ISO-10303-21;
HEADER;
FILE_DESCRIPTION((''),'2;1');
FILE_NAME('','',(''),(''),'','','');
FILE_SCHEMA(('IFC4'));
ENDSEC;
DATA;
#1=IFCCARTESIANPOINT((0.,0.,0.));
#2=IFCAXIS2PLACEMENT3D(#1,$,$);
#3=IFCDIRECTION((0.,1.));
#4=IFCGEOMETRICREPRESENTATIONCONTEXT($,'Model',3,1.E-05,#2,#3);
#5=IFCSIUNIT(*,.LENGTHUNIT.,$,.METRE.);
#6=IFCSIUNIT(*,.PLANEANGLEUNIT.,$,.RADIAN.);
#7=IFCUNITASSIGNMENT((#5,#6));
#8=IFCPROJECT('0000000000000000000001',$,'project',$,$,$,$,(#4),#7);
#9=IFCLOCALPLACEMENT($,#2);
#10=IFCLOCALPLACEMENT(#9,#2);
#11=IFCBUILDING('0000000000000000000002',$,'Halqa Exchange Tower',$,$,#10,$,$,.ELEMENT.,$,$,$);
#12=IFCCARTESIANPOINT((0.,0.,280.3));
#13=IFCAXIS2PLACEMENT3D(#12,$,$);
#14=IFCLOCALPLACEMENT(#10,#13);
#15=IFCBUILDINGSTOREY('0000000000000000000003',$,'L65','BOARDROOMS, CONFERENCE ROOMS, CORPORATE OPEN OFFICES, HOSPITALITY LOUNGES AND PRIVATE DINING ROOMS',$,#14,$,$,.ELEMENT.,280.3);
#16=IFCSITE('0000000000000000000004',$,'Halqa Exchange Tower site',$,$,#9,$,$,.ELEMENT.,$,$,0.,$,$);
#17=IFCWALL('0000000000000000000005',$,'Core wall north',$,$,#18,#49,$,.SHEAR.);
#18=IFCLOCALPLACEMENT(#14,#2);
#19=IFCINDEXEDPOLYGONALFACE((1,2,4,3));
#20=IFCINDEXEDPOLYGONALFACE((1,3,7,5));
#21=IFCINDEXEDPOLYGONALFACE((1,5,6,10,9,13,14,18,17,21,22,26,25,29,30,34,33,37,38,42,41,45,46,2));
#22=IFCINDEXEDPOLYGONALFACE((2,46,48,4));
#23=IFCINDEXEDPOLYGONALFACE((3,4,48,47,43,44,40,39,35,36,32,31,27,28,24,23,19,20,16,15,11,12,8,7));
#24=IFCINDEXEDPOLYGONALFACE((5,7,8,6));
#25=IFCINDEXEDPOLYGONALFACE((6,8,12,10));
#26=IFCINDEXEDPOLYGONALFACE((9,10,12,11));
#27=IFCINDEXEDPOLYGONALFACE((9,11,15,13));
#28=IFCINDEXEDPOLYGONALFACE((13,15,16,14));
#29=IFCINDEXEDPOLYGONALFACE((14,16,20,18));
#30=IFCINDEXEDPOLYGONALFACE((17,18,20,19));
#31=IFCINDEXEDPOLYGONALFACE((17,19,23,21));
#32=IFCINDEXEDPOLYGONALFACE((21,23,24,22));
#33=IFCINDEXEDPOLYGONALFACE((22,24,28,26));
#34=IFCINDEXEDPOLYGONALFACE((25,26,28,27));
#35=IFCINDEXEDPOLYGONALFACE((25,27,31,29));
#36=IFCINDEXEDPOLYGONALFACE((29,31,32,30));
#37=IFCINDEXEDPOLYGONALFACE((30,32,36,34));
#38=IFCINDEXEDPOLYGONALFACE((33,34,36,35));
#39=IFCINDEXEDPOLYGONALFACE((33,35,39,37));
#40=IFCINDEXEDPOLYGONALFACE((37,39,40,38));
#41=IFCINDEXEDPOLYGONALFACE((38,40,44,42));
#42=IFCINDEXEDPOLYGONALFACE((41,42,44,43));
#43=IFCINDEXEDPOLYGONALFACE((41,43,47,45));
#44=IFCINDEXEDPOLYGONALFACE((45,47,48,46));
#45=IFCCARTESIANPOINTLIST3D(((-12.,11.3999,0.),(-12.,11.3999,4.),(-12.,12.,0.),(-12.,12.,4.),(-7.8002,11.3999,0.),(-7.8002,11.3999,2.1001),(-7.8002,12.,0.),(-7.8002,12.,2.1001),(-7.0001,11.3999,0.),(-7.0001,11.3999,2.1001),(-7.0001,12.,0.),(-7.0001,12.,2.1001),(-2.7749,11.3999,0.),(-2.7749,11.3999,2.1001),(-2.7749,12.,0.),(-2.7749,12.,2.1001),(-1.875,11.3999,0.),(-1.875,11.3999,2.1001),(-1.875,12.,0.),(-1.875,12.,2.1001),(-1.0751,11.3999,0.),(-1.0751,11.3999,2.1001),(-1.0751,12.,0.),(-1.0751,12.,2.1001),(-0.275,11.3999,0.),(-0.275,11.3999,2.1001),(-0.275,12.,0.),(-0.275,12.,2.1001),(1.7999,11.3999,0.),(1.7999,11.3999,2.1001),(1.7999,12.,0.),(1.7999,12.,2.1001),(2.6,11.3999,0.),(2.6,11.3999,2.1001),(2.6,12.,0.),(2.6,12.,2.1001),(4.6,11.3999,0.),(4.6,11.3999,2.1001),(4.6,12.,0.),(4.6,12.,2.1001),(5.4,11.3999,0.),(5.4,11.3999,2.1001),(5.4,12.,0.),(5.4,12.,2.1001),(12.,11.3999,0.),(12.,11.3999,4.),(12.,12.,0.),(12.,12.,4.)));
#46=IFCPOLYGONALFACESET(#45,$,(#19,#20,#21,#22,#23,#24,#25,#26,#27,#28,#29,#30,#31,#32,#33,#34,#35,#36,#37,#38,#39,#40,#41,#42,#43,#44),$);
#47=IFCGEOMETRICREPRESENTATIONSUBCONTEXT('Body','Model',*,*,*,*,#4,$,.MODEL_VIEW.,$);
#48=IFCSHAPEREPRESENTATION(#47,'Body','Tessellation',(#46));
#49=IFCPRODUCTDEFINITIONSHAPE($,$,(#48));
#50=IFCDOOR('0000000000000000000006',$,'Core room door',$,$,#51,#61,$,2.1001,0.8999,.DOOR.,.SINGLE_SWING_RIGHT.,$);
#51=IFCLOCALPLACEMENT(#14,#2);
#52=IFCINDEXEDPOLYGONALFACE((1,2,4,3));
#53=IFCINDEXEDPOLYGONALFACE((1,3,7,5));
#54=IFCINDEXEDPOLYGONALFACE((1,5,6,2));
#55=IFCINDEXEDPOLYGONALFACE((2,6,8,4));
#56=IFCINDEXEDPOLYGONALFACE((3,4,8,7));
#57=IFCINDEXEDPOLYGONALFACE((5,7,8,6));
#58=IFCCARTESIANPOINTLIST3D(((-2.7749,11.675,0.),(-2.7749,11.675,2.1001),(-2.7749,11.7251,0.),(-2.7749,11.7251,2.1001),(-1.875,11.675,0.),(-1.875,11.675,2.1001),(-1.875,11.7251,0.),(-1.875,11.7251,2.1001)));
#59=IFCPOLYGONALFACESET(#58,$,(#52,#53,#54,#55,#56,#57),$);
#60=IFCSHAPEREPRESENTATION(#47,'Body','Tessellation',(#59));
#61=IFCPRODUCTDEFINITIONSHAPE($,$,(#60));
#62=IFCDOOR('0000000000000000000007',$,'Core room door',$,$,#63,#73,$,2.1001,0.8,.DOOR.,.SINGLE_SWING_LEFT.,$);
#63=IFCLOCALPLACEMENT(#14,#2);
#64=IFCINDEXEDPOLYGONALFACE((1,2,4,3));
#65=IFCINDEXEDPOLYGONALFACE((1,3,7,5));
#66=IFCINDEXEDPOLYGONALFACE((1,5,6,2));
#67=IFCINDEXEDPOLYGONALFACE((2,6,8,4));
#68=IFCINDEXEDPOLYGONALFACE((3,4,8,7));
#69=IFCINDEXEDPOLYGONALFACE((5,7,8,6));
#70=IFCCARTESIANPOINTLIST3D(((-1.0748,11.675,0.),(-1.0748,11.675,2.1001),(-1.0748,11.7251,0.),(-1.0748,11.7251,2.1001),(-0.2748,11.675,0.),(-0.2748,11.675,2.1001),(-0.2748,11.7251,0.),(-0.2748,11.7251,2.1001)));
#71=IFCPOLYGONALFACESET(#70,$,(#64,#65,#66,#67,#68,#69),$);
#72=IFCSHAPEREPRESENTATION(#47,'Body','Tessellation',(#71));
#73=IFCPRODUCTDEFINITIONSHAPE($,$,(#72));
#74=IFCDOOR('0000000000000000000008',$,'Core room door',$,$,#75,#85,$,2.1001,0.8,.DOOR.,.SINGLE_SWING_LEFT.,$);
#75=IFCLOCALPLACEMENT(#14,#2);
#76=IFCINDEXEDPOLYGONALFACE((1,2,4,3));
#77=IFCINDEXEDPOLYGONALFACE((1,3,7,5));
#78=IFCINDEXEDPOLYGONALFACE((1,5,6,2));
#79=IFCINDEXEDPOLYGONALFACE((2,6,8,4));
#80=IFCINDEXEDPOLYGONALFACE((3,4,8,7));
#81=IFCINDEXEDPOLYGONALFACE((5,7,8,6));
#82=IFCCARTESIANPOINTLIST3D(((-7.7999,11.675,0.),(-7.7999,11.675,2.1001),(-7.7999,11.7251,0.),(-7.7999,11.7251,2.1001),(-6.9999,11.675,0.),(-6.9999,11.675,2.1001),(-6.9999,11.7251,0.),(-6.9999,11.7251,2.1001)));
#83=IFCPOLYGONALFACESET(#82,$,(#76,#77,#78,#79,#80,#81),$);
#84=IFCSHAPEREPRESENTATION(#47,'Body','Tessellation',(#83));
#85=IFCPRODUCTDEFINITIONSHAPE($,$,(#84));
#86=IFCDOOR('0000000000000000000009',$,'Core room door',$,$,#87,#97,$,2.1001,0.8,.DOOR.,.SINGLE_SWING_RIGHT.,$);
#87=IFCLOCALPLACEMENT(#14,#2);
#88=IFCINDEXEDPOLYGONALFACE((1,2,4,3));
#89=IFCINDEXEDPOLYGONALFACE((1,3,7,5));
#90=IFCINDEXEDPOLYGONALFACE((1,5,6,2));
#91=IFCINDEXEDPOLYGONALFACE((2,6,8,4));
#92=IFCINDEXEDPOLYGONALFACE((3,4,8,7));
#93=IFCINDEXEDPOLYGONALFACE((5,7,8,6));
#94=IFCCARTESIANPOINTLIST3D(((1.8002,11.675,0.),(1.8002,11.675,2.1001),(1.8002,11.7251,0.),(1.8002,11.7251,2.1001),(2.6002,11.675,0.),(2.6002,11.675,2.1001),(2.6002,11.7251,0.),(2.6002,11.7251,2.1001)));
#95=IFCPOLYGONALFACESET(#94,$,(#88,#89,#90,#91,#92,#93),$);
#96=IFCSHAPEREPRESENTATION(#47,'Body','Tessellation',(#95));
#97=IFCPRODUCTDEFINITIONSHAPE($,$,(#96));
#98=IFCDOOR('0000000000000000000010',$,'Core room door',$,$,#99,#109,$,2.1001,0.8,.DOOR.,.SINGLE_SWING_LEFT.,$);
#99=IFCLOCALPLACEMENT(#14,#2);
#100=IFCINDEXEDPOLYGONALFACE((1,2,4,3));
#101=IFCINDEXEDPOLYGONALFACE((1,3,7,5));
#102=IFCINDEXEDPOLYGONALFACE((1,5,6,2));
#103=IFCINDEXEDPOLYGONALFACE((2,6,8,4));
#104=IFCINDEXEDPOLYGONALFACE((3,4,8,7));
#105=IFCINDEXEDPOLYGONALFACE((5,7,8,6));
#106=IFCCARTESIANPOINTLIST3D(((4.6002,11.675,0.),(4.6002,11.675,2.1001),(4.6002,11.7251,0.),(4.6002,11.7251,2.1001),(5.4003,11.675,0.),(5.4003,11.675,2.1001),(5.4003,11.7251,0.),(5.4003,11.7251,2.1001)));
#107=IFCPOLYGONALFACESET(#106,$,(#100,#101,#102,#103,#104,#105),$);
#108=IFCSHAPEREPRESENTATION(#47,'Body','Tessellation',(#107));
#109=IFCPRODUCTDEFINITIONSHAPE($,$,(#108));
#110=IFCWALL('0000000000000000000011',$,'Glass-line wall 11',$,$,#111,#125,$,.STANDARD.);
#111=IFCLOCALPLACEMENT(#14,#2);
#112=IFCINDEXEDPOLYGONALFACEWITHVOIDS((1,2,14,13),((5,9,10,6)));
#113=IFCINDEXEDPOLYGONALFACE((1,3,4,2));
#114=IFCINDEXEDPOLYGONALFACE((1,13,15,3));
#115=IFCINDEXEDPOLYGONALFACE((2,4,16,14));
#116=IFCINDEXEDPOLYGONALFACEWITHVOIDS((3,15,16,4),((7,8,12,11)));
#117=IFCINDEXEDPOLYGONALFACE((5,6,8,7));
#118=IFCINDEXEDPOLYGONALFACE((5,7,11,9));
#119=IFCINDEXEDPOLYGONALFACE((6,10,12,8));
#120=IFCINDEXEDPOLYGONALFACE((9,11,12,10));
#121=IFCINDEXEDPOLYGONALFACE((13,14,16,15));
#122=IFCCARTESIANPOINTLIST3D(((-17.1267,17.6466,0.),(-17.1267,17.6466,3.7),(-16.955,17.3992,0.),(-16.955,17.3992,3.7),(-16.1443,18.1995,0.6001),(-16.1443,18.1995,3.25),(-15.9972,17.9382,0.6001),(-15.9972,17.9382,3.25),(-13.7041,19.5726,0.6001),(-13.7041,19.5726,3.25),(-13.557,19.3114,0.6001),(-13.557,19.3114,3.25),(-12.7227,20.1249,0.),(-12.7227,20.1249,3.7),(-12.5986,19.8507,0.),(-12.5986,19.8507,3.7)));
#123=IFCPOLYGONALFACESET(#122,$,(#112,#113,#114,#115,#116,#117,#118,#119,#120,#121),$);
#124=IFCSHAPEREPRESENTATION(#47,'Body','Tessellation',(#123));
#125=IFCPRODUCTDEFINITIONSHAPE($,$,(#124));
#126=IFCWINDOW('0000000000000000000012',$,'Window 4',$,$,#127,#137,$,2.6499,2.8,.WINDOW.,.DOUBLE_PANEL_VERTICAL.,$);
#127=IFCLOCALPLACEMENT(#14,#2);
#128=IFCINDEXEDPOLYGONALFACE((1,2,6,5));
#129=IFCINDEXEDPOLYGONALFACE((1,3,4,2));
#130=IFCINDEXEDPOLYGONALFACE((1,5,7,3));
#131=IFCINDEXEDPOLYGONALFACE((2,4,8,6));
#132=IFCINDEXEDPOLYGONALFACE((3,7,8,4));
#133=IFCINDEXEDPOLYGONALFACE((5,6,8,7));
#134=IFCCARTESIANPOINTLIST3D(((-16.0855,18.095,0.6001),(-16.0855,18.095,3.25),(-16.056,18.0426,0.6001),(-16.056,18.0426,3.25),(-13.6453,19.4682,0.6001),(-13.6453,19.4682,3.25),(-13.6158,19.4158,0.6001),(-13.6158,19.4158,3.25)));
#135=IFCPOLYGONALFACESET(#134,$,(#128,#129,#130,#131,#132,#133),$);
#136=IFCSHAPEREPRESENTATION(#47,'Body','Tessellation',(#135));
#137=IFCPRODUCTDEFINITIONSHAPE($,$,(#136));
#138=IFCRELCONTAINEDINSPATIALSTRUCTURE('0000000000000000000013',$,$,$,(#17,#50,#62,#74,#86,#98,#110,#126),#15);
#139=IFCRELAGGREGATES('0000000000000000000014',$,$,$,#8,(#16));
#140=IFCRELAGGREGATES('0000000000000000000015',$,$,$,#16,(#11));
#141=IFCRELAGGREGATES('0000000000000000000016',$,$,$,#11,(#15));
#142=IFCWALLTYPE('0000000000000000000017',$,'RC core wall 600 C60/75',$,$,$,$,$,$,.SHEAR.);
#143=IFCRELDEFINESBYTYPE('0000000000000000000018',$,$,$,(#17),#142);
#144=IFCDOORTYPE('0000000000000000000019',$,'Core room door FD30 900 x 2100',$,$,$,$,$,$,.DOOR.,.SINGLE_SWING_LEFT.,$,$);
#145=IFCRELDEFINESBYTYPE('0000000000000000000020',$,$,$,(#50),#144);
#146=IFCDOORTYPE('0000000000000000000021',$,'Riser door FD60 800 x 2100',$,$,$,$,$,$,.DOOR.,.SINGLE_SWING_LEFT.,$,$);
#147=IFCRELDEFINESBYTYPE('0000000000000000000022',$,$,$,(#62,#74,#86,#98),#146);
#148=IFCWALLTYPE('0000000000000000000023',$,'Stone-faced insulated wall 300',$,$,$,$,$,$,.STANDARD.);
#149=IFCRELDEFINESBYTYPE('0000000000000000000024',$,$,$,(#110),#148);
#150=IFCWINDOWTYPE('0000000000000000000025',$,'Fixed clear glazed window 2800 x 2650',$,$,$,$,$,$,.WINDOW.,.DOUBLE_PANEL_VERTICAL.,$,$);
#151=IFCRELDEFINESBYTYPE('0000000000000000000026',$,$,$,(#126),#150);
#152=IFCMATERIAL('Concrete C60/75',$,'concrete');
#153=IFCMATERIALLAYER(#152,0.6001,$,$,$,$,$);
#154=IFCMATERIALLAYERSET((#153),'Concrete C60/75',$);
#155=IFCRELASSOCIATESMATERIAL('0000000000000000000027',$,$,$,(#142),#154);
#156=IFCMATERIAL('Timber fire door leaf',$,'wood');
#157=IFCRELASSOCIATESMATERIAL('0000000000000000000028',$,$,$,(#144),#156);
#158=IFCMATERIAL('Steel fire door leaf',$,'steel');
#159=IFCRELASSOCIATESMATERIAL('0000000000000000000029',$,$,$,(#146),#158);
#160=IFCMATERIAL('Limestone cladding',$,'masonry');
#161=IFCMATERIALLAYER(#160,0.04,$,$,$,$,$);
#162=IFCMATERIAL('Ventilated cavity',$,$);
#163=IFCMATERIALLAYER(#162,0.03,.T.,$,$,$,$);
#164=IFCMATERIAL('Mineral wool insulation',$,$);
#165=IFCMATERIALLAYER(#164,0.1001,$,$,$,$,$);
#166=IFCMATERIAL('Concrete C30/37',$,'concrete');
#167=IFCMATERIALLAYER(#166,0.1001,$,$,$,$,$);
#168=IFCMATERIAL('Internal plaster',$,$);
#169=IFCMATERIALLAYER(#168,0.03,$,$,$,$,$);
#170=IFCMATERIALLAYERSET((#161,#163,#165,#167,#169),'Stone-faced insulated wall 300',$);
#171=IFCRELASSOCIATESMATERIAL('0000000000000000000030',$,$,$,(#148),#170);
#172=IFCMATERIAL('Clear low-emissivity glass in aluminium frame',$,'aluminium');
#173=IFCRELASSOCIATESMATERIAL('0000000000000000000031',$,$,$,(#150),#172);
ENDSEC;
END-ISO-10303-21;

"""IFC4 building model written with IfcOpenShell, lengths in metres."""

from ifc_helpers import new_model, si_unit, direction, frame, frame_2d, origin, place, context, subcontext, project, spatial, polyline, rectangle, outline, extrude, material, layer, layer_set, type_object, element, fill, save


model = new_model("IFC4")

# Units and contexts
model_context = context("Model", 3, precision=1e-05, world=origin(), true_north=direction((0.0, 1.0)))
body_context = subcontext(model_context, "Body", "Model", "MODEL_VIEW")
ifc_project = project(units=[si_unit("LENGTHUNIT", "METRE"), si_unit("PLANEANGLEUNIT", "RADIAN")], contexts=[model_context])

# Site, building, storey
site_placement = place(None, origin())
site = spatial("IfcSite", under=ifc_project, at=site_placement, Name="Halqa Exchange Tower site", CompositionType="ELEMENT", RefElevation=0.0)
building_placement = place(site_placement, origin())
building = spatial("IfcBuilding", under=site, at=building_placement, Name="Halqa Exchange Tower", CompositionType="ELEMENT")
storey_placement = place(building_placement, frame((0.0, 0.0, 280.3)))
storey = spatial("IfcBuildingStorey", under=building, at=storey_placement, Name="L65", Description="BOARDROOMS, CONFERENCE ROOMS, CORPORATE OPEN OFFICES, HOSPITALITY LOUNGES AND PRIVATE DINING ROOMS", CompositionType="ELEMENT", Elevation=280.3)

# Shared definitions
ifc_material_1 = material(Name="Concrete C60/75", Category="concrete")

# Wall, openings, doors
ifc_material_2 = material(Name="Steel fire door leaf", Category="steel")
ifc_layer_1 = layer(ifc_material_1, 0.6001)
ifc_layer_set_1 = layer_set([ifc_layer_1], Name="Concrete C60/75")
wall_type_1 = type_object("IfcWallType", Name="RC core wall 600 C60/75", PredefinedType="SHEAR", material=ifc_layer_set_1)
wall_1_placement = place(storey_placement, frame((-12.0, 11.7, 0.0), z_axis=(0.0, 0.0, 1.0), x_axis=(1.0, 0.0, 0.0)))
wall_1 = element("IfcWall", 1, at=wall_1_placement, inside=storey, type_object=wall_type_1, Name="Core wall north", PredefinedType="SHEAR", context=body_context, shape_type="SweptSolid", body=[
    extrude(rectangle(XDim=24.0, YDim=0.6001, at=frame_2d((12.0, 0.0))), origin(), (0.0, 0.0, 1.0), 4.0),
])
opening_1_placement = place(wall_1_placement, frame((9.2251, 0.0, 0.0)))
opening_1 = element("IfcOpeningElement", 2, at=opening_1_placement, cuts=wall_1, PredefinedType="OPENING", context=body_context, shape_type="SweptSolid", body=[
    extrude(rectangle(XDim=0.8999, YDim=2.1001, at=frame_2d((0.45, 1.05))), frame((0.0, 0.312, 0.0), z_axis=(0.0, -1.0, 0.0), x_axis=(1.0, 0.0, 0.0)), (0.0, 0.0, 1.0), 0.624),
])
opening_2_placement = place(wall_1_placement, frame((10.925, 0.0, 0.0)))
opening_2 = element("IfcOpeningElement", 3, at=opening_2_placement, cuts=wall_1, PredefinedType="OPENING", context=body_context, shape_type="SweptSolid", body=[
    extrude(rectangle(XDim=0.8, YDim=2.1001, at=frame_2d((0.3999, 1.05))), frame((0.0, 0.312, 0.0), z_axis=(0.0, -1.0, 0.0), x_axis=(1.0, 0.0, 0.0)), (0.0, 0.0, 1.0), 0.624),
])
opening_3_placement = place(wall_1_placement, frame((4.2, 0.0, 0.0)))
opening_3 = element("IfcOpeningElement", 4, at=opening_3_placement, cuts=wall_1, PredefinedType="OPENING", context=body_context, shape_type="SweptSolid", body=[
    extrude(rectangle(XDim=0.8, YDim=2.1001, at=frame_2d((0.3999, 1.05))), frame((0.0, 0.312, 0.0), z_axis=(0.0, -1.0, 0.0), x_axis=(1.0, 0.0, 0.0)), (0.0, 0.0, 1.0), 0.624),
])
opening_4_placement = place(wall_1_placement, frame((13.8, 0.0, 0.0)))
opening_4 = element("IfcOpeningElement", 5, at=opening_4_placement, cuts=wall_1, PredefinedType="OPENING", context=body_context, shape_type="SweptSolid", body=[
    extrude(rectangle(XDim=0.8, YDim=2.1001, at=frame_2d((0.3999, 1.05))), frame((0.0, 0.312, 0.0), z_axis=(0.0, -1.0, 0.0), x_axis=(1.0, 0.0, 0.0)), (0.0, 0.0, 1.0), 0.624),
])
opening_5_placement = place(wall_1_placement, frame((16.6001, 0.0, 0.0)))
opening_5 = element("IfcOpeningElement", 6, at=opening_5_placement, cuts=wall_1, PredefinedType="OPENING", context=body_context, shape_type="SweptSolid", body=[
    extrude(rectangle(XDim=0.8, YDim=2.1001, at=frame_2d((0.3999, 1.05))), frame((0.0, 0.312, 0.0), z_axis=(0.0, -1.0, 0.0), x_axis=(1.0, 0.0, 0.0)), (0.0, 0.0, 1.0), 0.624),
])
ifc_material_3 = material(Name="Timber fire door leaf", Category="wood")
door_type_1 = type_object("IfcDoorType", Name="Core room door FD30 900 x 2100", OperationType="SINGLE_SWING_LEFT", PredefinedType="DOOR", material=ifc_material_3)
door_1_placement = place(opening_1_placement, frame((0.8999, 0.0, 0.0), z_axis=(0.0, 0.0, 1.0), x_axis=(-1.0, 0.0, 0.0)))
door_1 = element("IfcDoor", 7, at=door_1_placement, inside=storey, type_object=door_type_1, Name="Core room door", OperationType="SINGLE_SWING_RIGHT", OverallHeight=2.1001, OverallWidth=0.8999, PredefinedType="DOOR", context=body_context, shape_type="SweptSolid", body=[
    extrude(rectangle(XDim=0.8999, YDim=2.1001, at=frame_2d((0.45, 1.05))), frame((0.0, 0.0249, 0.0), z_axis=(0.0, -1.0, 0.0), x_axis=(1.0, 0.0, 0.0)), (0.0, 0.0, 1.0), 0.05),
])
fill(opening_1, door_1)
door_type_2 = type_object("IfcDoorType", Name="Riser door FD60 800 x 2100", OperationType="SINGLE_SWING_LEFT", PredefinedType="DOOR", material=ifc_material_2)
door_2_placement = place(opening_2_placement, frame((0.8, 0.0, 0.0), z_axis=(0.0, 0.0, 1.0), x_axis=(-1.0, 0.0, 0.0)))
door_2 = element("IfcDoor", 8, at=door_2_placement, inside=storey, type_object=door_type_2, Name="Core room door", OperationType="SINGLE_SWING_LEFT", OverallHeight=2.1001, OverallWidth=0.8, PredefinedType="DOOR", context=body_context, shape_type="SweptSolid", body=[
    extrude(rectangle(XDim=0.8, YDim=2.1001, at=frame_2d((0.3999, 1.05))), frame((0.0, 0.0249, 0.0), z_axis=(0.0, -1.0, 0.0), x_axis=(1.0, 0.0, 0.0)), (0.0, 0.0, 1.0), 0.05),
])
fill(opening_2, door_2)
door_3_placement = place(opening_3_placement, frame((0.8, 0.0, 0.0), z_axis=(0.0, 0.0, 1.0), x_axis=(-1.0, 0.0, 0.0)))
door_3 = element("IfcDoor", 9, at=door_3_placement, inside=storey, type_object=door_type_2, Name="Core room door", OperationType="SINGLE_SWING_LEFT", OverallHeight=2.1001, OverallWidth=0.8, PredefinedType="DOOR", context=body_context, shape_type="SweptSolid", body=[
    extrude(rectangle(XDim=0.8, YDim=2.1001, at=frame_2d((0.3999, 1.05))), frame((0.0, 0.0249, 0.0), z_axis=(0.0, -1.0, 0.0), x_axis=(1.0, 0.0, 0.0)), (0.0, 0.0, 1.0), 0.05),
])
fill(opening_3, door_3)
door_4_placement = place(opening_4_placement, frame((0.8, 0.0, 0.0), z_axis=(0.0, 0.0, 1.0), x_axis=(-1.0, 0.0, 0.0)))
door_4 = element("IfcDoor", 10, at=door_4_placement, inside=storey, type_object=door_type_2, Name="Core room door", OperationType="SINGLE_SWING_RIGHT", OverallHeight=2.1001, OverallWidth=0.8, PredefinedType="DOOR", context=body_context, shape_type="SweptSolid", body=[
    extrude(rectangle(XDim=0.8, YDim=2.1001, at=frame_2d((0.3999, 1.05))), frame((0.0, 0.0249, 0.0), z_axis=(0.0, -1.0, 0.0), x_axis=(1.0, 0.0, 0.0)), (0.0, 0.0, 1.0), 0.05),
])
fill(opening_4, door_4)
door_5_placement = place(opening_5_placement, frame((0.8, 0.0, 0.0), z_axis=(0.0, 0.0, 1.0), x_axis=(-1.0, 0.0, 0.0)))
door_5 = element("IfcDoor", 11, at=door_5_placement, inside=storey, type_object=door_type_2, Name="Core room door", OperationType="SINGLE_SWING_LEFT", OverallHeight=2.1001, OverallWidth=0.8, PredefinedType="DOOR", context=body_context, shape_type="SweptSolid", body=[
    extrude(rectangle(XDim=0.8, YDim=2.1001, at=frame_2d((0.3999, 1.05))), frame((0.0, 0.0249, 0.0), z_axis=(0.0, -1.0, 0.0), x_axis=(1.0, 0.0, 0.0)), (0.0, 0.0, 1.0), 0.05),
])
fill(opening_5, door_5)

# Wall, opening, window
ifc_material_4 = material(Name="Limestone cladding", Category="masonry")
ifc_layer_2 = layer(ifc_material_4, 0.04)
ifc_material_5 = material(Name="Ventilated cavity")
ifc_layer_3 = layer(ifc_material_5, 0.03, ventilated=True)
ifc_material_6 = material(Name="Mineral wool insulation")
ifc_layer_4 = layer(ifc_material_6, 0.1001)
ifc_material_7 = material(Name="Concrete C30/37", Category="concrete")
ifc_layer_5 = layer(ifc_material_7, 0.1001)
ifc_material_8 = material(Name="Internal plaster")
ifc_layer_6 = layer(ifc_material_8, 0.03)
ifc_layer_set_2 = layer_set([ifc_layer_2, ifc_layer_3, ifc_layer_4, ifc_layer_5, ifc_layer_6], Name="Stone-faced insulated wall 300")
wall_type_2 = type_object("IfcWallType", Name="Stone-faced insulated wall 300", PredefinedType="STANDARD", material=ifc_layer_set_2)
wall_2_placement = place(storey_placement, frame((-12.6606, 19.9878, 0.0), z_axis=(0.0, 0.0, 1.0), x_axis=(-0.871489, -0.490416, 0.0)))
wall_2 = element("IfcWall", 12, at=wall_2_placement, inside=storey, type_object=wall_type_2, Name="Glass-line wall 11", PredefinedType="STANDARD", context=body_context, shape_type="SweptSolid", body=[
    extrude(outline(polyline([(-0.0132, -0.1499), (5.0403, -0.1499), (5.012, 0.1499), (0.0132, 0.1499), (-0.0132, -0.1499)])), origin(), (0.0, 0.0, 1.0), 3.7),
])
opening_6_placement = place(wall_2_placement, frame((1.113, 0.0, 0.6001)))
opening_6 = element("IfcOpeningElement", 13, at=opening_6_placement, cuts=wall_2, PredefinedType="OPENING", context=body_context, shape_type="SweptSolid", body=[
    extrude(rectangle(XDim=2.8, YDim=2.6499, at=frame_2d((1.3999, 1.325))), frame((0.0, 0.1621, 0.0), z_axis=(0.0, -1.0, 0.0), x_axis=(1.0, 0.0, 0.0)), (0.0, 0.0, 1.0), 0.324),
])
ifc_material_9 = material(Name="Clear low-emissivity glass in aluminium frame", Category="aluminium")
window_type = type_object("IfcWindowType", Name="Fixed clear glazed window 2800 x 2650", PartitioningType="DOUBLE_PANEL_VERTICAL", PredefinedType="WINDOW", material=ifc_material_9)
window_1_placement = place(opening_6_placement, origin())
window_1 = element("IfcWindow", 14, at=window_1_placement, inside=storey, type_object=window_type, Name="Window 4", OverallHeight=2.6499, OverallWidth=2.8, PartitioningType="DOUBLE_PANEL_VERTICAL", PredefinedType="WINDOW", context=body_context, shape_type="SweptSolid", body=[
    extrude(rectangle(XDim=2.8, YDim=2.6499, at=frame_2d((1.3999, 1.325))), frame((0.0, 0.03, 0.0), z_axis=(0.0, -1.0, 0.0), x_axis=(1.0, 0.0, 0.0)), (0.0, 0.0, 1.0), 0.0601),
])
fill(opening_6, window_1)

save(model, "model.ifc")
